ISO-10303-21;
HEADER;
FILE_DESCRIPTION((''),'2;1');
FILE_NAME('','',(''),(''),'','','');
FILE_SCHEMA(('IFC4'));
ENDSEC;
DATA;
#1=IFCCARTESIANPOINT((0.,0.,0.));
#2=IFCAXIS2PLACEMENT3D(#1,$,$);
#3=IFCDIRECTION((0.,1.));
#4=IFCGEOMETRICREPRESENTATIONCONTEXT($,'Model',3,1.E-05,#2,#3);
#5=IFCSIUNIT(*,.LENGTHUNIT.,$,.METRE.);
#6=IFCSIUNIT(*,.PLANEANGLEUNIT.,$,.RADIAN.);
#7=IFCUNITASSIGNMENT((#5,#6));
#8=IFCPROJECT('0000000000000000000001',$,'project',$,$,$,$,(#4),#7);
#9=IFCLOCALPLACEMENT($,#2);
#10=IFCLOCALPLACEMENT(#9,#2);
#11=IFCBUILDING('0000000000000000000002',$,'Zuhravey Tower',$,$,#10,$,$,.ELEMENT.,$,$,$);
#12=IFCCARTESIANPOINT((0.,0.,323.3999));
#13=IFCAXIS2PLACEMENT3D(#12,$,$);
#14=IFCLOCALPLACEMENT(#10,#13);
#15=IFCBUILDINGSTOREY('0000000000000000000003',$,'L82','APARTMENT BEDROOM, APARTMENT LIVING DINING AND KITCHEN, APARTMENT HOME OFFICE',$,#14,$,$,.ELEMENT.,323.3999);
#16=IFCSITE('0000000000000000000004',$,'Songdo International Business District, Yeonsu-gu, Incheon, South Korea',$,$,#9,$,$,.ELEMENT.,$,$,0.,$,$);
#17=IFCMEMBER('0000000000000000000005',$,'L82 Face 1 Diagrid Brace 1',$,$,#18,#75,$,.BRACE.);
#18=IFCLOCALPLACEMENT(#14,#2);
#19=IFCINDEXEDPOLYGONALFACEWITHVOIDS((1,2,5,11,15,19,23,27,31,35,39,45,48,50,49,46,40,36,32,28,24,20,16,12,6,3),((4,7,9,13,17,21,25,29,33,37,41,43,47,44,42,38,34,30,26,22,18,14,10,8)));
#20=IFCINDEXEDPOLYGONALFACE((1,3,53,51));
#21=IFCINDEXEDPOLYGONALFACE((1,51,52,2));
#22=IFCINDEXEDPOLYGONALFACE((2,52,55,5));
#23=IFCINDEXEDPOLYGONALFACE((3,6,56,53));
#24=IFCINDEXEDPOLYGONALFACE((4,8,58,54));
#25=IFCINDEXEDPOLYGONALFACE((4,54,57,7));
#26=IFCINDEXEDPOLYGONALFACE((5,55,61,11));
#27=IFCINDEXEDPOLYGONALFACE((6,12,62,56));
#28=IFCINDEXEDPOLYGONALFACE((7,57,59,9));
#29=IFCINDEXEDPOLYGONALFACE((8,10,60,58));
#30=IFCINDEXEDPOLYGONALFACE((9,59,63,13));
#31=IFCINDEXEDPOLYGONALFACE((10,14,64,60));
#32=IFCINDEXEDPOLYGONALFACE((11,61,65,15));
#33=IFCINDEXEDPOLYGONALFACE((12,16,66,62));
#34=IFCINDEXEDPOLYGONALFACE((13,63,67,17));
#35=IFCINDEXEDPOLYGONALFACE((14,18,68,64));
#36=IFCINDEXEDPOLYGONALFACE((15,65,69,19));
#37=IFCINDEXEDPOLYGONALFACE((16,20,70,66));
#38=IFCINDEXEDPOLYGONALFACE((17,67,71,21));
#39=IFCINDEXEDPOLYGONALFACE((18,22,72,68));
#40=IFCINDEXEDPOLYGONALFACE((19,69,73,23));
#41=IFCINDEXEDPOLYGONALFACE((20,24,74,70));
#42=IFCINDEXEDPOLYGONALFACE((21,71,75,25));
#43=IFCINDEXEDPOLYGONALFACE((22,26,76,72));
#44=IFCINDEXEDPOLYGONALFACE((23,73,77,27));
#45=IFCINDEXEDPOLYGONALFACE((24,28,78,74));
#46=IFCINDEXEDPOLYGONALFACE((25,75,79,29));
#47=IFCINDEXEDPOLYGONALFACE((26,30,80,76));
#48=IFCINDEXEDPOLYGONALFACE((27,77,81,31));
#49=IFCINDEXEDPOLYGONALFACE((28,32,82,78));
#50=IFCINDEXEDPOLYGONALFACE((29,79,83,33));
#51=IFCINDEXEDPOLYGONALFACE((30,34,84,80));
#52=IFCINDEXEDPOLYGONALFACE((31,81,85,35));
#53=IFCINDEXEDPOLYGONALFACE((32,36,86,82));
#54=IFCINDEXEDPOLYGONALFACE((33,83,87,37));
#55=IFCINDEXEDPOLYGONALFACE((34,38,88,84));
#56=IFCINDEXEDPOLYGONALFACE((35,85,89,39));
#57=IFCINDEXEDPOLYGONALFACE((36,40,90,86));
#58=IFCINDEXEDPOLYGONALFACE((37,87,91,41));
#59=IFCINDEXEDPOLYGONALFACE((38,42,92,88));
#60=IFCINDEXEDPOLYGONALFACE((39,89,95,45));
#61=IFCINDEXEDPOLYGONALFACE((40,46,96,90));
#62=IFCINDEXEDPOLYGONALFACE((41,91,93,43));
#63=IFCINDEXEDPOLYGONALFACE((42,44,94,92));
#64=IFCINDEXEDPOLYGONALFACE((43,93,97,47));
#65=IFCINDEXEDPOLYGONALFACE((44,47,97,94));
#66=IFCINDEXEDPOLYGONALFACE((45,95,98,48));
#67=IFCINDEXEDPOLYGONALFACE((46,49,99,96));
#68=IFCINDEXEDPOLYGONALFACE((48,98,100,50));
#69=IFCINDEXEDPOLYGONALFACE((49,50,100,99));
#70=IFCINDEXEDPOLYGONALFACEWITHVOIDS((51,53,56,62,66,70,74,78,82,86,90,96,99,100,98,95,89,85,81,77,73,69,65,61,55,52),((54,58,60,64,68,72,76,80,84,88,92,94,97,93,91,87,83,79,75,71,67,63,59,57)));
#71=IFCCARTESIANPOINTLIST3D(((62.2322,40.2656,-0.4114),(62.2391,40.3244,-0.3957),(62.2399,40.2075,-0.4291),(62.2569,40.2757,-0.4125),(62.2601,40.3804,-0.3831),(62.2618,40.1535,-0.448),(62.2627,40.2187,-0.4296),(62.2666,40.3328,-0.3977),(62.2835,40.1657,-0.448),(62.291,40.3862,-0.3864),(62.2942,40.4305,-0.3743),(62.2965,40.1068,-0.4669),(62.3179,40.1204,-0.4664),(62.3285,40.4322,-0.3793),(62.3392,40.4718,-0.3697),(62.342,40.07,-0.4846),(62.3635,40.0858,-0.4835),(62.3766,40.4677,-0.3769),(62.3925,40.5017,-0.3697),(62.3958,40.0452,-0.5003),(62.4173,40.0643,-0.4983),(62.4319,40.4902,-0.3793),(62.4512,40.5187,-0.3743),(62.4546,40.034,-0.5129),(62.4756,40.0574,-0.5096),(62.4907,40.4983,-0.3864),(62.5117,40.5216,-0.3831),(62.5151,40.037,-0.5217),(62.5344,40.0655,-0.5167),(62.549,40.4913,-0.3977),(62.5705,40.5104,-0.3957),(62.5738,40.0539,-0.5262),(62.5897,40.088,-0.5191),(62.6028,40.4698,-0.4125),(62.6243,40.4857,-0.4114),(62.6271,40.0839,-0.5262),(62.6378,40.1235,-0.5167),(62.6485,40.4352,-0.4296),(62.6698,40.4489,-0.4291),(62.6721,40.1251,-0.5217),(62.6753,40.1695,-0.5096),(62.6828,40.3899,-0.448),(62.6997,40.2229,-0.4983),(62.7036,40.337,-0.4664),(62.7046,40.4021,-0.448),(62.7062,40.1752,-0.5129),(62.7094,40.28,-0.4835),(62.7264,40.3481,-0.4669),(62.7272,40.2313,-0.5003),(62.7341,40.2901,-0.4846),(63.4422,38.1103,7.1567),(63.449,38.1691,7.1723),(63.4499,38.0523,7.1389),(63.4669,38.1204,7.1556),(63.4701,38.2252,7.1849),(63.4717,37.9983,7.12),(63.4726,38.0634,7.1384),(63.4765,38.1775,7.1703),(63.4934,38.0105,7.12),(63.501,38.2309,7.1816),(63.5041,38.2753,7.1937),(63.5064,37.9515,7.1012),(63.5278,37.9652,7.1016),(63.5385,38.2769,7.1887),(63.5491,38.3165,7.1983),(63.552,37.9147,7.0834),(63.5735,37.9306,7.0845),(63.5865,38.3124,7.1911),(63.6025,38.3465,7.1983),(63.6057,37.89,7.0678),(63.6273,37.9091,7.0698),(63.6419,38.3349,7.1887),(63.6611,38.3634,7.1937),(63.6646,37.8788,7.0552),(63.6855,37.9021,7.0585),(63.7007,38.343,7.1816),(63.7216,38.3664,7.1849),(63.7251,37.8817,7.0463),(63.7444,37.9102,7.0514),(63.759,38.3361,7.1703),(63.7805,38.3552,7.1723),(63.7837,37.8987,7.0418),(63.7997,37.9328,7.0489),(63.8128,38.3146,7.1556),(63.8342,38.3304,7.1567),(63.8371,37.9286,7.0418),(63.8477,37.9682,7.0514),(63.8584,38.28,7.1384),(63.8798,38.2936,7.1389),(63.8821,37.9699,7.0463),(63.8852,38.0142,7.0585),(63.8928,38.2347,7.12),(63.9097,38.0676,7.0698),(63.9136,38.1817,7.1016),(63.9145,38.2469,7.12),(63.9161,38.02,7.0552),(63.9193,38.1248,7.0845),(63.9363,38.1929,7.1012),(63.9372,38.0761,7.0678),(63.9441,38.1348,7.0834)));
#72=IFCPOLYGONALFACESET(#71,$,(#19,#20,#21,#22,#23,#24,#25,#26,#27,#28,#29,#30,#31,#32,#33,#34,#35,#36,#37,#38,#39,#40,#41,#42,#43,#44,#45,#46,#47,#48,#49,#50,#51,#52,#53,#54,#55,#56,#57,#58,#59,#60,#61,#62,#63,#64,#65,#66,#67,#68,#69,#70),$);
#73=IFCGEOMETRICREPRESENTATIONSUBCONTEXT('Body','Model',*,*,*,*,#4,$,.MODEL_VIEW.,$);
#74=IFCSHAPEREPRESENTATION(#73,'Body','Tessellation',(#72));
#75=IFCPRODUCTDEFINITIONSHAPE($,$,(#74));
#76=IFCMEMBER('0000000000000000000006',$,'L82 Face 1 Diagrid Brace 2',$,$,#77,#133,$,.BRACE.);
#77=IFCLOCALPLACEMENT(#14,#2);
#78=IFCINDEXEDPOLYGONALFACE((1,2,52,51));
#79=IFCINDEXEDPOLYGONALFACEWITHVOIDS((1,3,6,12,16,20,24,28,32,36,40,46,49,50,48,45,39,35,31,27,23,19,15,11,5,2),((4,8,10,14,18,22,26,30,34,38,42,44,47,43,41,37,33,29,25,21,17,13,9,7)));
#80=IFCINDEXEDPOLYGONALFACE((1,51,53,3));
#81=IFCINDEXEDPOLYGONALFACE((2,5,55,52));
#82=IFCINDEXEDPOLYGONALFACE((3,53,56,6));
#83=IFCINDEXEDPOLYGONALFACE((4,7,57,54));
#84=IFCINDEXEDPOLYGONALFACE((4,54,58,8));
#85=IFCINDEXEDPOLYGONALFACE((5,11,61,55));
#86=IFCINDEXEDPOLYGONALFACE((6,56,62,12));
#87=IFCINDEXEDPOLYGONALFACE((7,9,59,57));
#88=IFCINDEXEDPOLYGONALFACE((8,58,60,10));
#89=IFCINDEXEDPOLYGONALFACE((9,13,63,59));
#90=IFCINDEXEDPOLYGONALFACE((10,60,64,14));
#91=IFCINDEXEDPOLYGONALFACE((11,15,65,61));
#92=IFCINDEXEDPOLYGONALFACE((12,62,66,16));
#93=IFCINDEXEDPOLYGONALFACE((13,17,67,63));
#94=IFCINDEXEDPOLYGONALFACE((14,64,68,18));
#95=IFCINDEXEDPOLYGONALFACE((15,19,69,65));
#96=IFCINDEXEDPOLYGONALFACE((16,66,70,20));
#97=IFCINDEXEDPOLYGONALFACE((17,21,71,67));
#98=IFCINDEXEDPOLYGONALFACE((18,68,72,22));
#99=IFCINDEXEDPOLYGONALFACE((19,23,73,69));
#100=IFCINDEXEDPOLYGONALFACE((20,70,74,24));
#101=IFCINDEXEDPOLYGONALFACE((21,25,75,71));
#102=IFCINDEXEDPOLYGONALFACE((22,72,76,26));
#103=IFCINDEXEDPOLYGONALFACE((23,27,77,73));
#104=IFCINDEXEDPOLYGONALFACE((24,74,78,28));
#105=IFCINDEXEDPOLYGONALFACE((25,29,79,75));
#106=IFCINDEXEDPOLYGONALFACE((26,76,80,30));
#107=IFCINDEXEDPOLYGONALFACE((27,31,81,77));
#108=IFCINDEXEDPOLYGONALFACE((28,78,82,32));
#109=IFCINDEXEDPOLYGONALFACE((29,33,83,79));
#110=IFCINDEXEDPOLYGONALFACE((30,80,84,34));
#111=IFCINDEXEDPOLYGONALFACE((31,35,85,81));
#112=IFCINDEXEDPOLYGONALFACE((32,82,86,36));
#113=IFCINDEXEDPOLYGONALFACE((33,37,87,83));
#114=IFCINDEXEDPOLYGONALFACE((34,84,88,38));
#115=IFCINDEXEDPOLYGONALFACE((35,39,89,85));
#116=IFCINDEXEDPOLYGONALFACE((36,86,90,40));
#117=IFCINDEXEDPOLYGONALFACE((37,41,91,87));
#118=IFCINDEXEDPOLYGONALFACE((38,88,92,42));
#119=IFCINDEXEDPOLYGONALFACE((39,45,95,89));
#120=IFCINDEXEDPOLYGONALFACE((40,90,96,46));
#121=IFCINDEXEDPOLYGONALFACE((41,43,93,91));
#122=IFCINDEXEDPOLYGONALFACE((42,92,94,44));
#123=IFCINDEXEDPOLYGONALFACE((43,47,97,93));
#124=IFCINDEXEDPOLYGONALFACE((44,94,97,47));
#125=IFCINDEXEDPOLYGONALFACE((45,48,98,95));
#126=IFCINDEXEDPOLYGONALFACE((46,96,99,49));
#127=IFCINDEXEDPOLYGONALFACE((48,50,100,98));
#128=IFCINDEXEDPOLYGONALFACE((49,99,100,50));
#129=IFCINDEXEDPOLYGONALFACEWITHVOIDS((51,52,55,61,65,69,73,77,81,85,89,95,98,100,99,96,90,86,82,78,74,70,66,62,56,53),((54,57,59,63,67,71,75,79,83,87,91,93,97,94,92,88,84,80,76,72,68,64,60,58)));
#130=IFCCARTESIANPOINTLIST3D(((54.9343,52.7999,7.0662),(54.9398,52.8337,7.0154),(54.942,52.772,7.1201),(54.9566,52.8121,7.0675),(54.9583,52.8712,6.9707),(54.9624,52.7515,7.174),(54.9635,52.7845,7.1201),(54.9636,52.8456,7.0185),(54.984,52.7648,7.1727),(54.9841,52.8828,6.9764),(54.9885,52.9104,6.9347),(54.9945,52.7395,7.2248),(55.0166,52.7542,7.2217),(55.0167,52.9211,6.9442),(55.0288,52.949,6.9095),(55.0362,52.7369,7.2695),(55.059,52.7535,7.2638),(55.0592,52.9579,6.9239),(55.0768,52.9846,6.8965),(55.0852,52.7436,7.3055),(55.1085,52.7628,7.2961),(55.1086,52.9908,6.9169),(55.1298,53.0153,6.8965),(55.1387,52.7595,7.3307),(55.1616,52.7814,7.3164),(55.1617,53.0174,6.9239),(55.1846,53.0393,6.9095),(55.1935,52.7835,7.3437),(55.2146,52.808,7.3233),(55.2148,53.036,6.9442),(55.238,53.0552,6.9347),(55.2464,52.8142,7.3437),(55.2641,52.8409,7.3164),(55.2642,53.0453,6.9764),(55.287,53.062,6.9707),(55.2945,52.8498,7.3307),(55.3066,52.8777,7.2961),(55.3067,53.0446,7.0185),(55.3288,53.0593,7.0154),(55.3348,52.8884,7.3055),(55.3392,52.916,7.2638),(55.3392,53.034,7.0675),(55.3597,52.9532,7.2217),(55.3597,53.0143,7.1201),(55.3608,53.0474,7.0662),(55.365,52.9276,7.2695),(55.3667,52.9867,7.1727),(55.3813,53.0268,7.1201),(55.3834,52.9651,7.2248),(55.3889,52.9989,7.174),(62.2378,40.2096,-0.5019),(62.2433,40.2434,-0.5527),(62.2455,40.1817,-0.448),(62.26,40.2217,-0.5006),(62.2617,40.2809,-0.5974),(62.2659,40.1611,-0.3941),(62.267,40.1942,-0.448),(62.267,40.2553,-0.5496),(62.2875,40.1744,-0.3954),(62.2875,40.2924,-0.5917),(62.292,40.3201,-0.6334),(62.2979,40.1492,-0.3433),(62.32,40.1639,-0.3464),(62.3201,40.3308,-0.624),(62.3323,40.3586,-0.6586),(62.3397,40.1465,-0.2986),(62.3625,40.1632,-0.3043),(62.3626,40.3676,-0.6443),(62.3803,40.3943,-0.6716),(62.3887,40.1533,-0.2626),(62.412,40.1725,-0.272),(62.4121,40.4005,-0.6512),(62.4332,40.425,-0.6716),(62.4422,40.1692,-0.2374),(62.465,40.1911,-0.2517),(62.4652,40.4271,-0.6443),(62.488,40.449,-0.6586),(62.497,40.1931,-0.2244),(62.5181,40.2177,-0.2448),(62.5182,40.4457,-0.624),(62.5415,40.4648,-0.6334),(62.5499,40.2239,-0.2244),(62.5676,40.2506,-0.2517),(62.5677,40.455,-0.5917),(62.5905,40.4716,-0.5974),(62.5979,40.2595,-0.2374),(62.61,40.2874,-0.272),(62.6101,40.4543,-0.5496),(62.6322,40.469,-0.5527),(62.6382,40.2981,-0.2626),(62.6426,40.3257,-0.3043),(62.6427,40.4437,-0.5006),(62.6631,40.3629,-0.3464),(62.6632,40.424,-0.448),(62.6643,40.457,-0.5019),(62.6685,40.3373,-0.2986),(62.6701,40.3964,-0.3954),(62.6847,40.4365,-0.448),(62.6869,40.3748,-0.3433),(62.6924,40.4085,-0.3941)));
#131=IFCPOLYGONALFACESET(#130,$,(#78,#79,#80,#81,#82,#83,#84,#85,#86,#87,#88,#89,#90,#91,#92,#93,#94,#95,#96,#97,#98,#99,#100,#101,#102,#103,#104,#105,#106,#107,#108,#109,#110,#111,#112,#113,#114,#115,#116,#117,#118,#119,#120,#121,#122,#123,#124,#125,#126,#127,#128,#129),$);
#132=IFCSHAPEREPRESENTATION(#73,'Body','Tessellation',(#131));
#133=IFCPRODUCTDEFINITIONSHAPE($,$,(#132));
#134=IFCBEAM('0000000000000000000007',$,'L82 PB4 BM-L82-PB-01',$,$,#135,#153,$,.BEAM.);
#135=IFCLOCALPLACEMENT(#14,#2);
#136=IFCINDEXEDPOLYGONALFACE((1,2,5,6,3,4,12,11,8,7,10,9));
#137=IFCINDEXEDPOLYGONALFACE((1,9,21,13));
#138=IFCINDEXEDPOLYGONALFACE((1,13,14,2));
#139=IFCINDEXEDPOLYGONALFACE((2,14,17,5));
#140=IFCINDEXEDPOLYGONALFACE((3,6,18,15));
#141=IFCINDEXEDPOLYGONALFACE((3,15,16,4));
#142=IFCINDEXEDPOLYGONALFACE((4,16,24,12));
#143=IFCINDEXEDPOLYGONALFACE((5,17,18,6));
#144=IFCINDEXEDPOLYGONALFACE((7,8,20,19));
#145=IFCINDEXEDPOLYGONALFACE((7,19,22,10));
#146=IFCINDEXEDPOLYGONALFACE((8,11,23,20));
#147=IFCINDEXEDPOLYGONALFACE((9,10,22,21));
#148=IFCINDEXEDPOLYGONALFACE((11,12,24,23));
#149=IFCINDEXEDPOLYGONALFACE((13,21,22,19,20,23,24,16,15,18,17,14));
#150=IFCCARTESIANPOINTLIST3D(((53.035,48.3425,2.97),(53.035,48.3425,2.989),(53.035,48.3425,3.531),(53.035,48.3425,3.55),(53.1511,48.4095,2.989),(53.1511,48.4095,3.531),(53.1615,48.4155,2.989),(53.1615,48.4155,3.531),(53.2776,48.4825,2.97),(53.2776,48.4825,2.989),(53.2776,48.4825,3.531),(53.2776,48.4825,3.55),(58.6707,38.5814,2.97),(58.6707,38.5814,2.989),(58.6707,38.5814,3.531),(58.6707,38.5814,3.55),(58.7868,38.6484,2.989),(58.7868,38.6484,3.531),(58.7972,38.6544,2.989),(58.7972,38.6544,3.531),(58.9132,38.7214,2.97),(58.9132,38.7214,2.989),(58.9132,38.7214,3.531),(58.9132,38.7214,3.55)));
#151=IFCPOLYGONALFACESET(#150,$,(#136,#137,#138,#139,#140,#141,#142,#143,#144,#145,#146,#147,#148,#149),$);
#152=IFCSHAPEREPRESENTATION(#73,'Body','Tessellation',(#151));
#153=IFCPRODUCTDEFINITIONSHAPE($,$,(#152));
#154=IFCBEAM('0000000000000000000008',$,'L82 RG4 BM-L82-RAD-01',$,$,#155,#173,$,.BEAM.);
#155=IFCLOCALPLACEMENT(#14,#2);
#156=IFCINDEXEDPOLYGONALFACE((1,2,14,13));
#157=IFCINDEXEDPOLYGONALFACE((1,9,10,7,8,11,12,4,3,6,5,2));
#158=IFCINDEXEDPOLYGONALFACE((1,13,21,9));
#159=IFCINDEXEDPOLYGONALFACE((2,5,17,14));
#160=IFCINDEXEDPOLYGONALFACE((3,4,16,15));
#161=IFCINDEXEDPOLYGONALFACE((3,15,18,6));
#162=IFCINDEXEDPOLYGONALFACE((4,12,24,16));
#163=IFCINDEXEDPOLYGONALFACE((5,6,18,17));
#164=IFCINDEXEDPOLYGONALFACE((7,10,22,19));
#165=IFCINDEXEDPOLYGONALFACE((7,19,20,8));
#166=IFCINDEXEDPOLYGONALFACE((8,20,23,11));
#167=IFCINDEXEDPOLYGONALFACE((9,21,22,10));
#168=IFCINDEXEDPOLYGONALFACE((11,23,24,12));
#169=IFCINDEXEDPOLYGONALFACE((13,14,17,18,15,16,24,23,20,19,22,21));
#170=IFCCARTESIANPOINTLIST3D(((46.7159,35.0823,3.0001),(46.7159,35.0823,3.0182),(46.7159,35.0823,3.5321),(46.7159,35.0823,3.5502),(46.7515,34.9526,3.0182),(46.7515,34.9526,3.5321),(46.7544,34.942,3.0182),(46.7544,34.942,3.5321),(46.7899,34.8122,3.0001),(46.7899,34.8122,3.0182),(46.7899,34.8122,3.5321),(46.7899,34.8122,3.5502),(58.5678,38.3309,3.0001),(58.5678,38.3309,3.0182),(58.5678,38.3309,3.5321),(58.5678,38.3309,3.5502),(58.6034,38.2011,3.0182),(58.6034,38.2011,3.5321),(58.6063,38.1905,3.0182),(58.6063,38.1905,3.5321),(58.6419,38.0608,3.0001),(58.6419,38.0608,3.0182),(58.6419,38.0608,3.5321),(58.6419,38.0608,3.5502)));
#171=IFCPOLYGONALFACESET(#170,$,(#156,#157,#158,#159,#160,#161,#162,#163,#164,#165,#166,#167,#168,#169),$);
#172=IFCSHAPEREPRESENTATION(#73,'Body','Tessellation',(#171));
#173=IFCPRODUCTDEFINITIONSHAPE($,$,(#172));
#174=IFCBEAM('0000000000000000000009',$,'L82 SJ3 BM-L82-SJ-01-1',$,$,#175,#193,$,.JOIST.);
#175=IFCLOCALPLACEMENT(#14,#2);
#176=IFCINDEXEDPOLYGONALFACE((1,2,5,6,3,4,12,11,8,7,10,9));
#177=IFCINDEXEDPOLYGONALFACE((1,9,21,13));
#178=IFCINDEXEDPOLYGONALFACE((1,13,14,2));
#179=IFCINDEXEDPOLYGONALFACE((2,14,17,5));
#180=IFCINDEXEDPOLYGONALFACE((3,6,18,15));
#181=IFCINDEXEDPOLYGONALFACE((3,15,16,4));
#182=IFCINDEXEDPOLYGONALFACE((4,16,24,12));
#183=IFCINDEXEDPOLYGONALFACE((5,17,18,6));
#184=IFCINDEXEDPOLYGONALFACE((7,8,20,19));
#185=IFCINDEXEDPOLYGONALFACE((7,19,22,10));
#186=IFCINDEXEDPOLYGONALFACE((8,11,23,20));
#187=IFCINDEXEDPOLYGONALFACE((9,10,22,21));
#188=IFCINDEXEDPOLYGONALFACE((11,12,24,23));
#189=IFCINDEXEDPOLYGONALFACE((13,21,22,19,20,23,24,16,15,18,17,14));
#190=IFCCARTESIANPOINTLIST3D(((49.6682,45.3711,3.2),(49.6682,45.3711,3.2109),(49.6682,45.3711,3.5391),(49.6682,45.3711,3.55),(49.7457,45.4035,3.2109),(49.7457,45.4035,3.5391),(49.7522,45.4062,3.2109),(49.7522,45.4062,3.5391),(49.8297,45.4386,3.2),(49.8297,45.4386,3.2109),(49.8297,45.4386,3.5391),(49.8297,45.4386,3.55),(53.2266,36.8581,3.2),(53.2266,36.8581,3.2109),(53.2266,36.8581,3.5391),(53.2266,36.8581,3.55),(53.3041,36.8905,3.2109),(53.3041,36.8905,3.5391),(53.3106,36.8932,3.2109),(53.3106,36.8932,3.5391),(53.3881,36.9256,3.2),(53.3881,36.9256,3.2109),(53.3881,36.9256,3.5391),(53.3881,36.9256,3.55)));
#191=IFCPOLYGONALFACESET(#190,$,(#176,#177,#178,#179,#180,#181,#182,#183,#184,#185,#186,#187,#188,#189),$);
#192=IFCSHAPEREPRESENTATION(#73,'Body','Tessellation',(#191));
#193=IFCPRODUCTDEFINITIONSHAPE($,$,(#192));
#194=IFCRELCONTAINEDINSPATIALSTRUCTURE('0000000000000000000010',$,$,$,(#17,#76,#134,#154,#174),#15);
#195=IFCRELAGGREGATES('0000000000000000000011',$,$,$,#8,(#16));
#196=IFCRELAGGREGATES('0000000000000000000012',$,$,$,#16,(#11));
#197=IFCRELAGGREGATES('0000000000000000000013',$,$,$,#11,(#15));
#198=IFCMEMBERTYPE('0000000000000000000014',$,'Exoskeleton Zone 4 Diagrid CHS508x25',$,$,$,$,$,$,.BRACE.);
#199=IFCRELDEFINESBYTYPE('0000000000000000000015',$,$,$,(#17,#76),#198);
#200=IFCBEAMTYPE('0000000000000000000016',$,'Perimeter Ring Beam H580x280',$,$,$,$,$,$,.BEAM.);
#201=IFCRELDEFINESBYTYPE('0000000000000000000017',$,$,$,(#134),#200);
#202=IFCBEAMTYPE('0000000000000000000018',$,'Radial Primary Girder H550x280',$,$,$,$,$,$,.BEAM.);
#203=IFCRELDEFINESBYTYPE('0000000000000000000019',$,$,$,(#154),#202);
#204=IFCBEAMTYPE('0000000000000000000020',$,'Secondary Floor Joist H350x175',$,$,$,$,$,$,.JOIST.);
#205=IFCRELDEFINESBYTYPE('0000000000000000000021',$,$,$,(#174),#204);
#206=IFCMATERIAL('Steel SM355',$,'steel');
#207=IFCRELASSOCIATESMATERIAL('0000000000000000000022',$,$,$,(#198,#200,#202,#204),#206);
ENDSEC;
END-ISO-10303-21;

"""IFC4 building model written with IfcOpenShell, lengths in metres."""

from ifc_helpers import new_model, si_unit, direction, frame, origin, origin_2d, place, context, subcontext, project, spatial, hollow_circle, i_section, extrude, material, material_profile, profile_set, type_object, element, save


model = new_model("IFC4")

# Units and contexts
model_context = context("Model", 3, precision=1e-05, world=origin(), true_north=direction((0.0, 1.0)))
body_context = subcontext(model_context, "Body", "Model", "MODEL_VIEW")
ifc_project = project(units=[si_unit("LENGTHUNIT", "METRE"), si_unit("PLANEANGLEUNIT", "RADIAN")], contexts=[model_context])

# Site, building, storey
site_placement = place(None, origin())
site = spatial("IfcSite", under=ifc_project, at=site_placement, Name="Songdo International Business District, Yeonsu-gu, Incheon, South Korea", CompositionType="ELEMENT", RefElevation=0.0)
building_placement = place(site_placement, origin())
building = spatial("IfcBuilding", under=site, at=building_placement, Name="Zuhravey Tower", CompositionType="ELEMENT")
storey_placement = place(building_placement, frame((0.0, 0.0, 323.3999)))
storey = spatial("IfcBuildingStorey", under=building, at=storey_placement, Name="L82", Description="APARTMENT BEDROOM, APARTMENT LIVING DINING AND KITCHEN, APARTMENT HOME OFFICE", CompositionType="ELEMENT", Elevation=323.3999)

# Members
ifc_material_1 = material(Name="Steel SM355", Category="steel")
ifc_material_profile_1 = material_profile(ifc_material_1, hollow_circle(Radius=0.2539, WallThickness=0.0249, at=origin_2d()), Name="CHS-508.0x25")
ifc_profile_set_1 = profile_set([ifc_material_profile_1], Name="Steel SM355")
member_type_1 = type_object("IfcMemberType", Name="Exoskeleton Zone 4 Diagrid CHS508x25", PredefinedType="BRACE", material=ifc_profile_set_1)
member_1_placement = place(storey_placement, frame((62.4832, 40.2778, -0.448), z_axis=(0.151976, -0.270712, 0.950588), x_axis=(0.871987, 0.489529, 0.0)))
element("IfcMember", 1, at=member_1_placement, inside=storey, type_object=member_type_1, Name="L82 Face 1 Diagrid Brace 1", PredefinedType="BRACE", context=body_context, shape_type="SweptSolid", body=[
    extrude(hollow_circle(Radius=0.2539, WallThickness=0.0249, at=origin_2d()), origin(), (0.0, 0.0, 1.0), 7.9614),
])
member_2_placement = place(storey_placement, frame((62.4651, 40.3091, -0.448), z_axis=(-0.44519, 0.767456, 0.461322), x_axis=(-0.864999, -0.501773, 0.0)))
element("IfcMember", 2, at=member_2_placement, inside=storey, type_object=member_type_1, Name="L82 Face 1 Diagrid Brace 2", PredefinedType="BRACE", context=body_context, shape_type="SweptSolid", body=[
    extrude(hollow_circle(Radius=0.2539, WallThickness=0.0249, at=origin_2d()), origin(), (0.0, 0.0, 1.0), 16.4053),
])

# Beams
ifc_material_profile_2 = material_profile(ifc_material_1, i_section(OverallWidth=0.28, OverallDepth=0.5801, WebThickness=0.012, FlangeThickness=0.019, at=origin_2d()), Name="H-580x280x12x19")
ifc_profile_set_2 = profile_set([ifc_material_profile_2], Name="Steel SM355")
beam_type_1 = type_object("IfcBeamType", Name="Perimeter Ring Beam H580x280", PredefinedType="BEAM", material=ifc_profile_set_2)
beam_1_placement = place(storey_placement, frame((58.792, 38.6514, 3.26), z_axis=(-0.500006, 0.866022, 0.0), x_axis=(-0.866022, -0.500006, 0.0)))
element("IfcBeam", 3, at=beam_1_placement, inside=storey, type_object=beam_type_1, Name="L82 PB4 BM-L82-PB-01", PredefinedType="BEAM", context=body_context, shape_type="SweptSolid", body=[
    extrude(i_section(OverallWidth=0.28, OverallDepth=0.5801, WebThickness=0.012, FlangeThickness=0.019, at=origin_2d()), origin(), (0.0, 0.0, 1.0), 11.2712),
])
ifc_material_profile_3 = material_profile(ifc_material_1, i_section(OverallWidth=0.28, OverallDepth=0.55, WebThickness=0.011, FlangeThickness=0.0181, at=origin_2d()), Name="H-550x280x11x18")
ifc_profile_set_3 = profile_set([ifc_material_profile_3], Name="Steel SM355")
beam_type_2 = type_object("IfcBeamType", Name="Radial Primary Girder H550x280", PredefinedType="BEAM", material=ifc_profile_set_3)
beam_2_placement = place(storey_placement, frame((46.7529, 34.9473, 3.2751), z_axis=(0.964428, 0.264346, 0.0), x_axis=(-0.264346, 0.964428, 0.0)))
element("IfcBeam", 4, at=beam_2_placement, inside=storey, type_object=beam_type_2, Name="L82 RG4 BM-L82-RAD-01", PredefinedType="BEAM", context=body_context, shape_type="SweptSolid", body=[
    extrude(i_section(OverallWidth=0.28, OverallDepth=0.55, WebThickness=0.011, FlangeThickness=0.0181, at=origin_2d()), origin(), (0.0, 0.0, 1.0), 12.2891),
])
ifc_material_profile_4 = material_profile(ifc_material_1, i_section(OverallWidth=0.175, OverallDepth=0.3501, WebThickness=0.0071, FlangeThickness=0.011, at=origin_2d()), Name="H-350x175x7x11")
ifc_profile_set_4 = profile_set([ifc_material_profile_4], Name="Steel SM355")
beam_type_3 = type_object("IfcBeamType", Name="Secondary Floor Joist H350x175", PredefinedType="JOIST", material=ifc_profile_set_4)
beam_3_placement = place(storey_placement, frame((53.3074, 36.8918, 3.375), z_axis=(-0.385658, 0.922642, 0.0), x_axis=(-0.922642, -0.385658, 0.0)))
element("IfcBeam", 5, at=beam_3_placement, inside=storey, type_object=beam_type_3, Name="L82 SJ3 BM-L82-SJ-01-1", PredefinedType="JOIST", context=body_context, shape_type="SweptSolid", body=[
    extrude(i_section(OverallWidth=0.175, OverallDepth=0.3501, WebThickness=0.0071, FlangeThickness=0.011, at=origin_2d()), origin(), (0.0, 0.0, 1.0), 9.2268),
])

save(model, "model.ifc")
